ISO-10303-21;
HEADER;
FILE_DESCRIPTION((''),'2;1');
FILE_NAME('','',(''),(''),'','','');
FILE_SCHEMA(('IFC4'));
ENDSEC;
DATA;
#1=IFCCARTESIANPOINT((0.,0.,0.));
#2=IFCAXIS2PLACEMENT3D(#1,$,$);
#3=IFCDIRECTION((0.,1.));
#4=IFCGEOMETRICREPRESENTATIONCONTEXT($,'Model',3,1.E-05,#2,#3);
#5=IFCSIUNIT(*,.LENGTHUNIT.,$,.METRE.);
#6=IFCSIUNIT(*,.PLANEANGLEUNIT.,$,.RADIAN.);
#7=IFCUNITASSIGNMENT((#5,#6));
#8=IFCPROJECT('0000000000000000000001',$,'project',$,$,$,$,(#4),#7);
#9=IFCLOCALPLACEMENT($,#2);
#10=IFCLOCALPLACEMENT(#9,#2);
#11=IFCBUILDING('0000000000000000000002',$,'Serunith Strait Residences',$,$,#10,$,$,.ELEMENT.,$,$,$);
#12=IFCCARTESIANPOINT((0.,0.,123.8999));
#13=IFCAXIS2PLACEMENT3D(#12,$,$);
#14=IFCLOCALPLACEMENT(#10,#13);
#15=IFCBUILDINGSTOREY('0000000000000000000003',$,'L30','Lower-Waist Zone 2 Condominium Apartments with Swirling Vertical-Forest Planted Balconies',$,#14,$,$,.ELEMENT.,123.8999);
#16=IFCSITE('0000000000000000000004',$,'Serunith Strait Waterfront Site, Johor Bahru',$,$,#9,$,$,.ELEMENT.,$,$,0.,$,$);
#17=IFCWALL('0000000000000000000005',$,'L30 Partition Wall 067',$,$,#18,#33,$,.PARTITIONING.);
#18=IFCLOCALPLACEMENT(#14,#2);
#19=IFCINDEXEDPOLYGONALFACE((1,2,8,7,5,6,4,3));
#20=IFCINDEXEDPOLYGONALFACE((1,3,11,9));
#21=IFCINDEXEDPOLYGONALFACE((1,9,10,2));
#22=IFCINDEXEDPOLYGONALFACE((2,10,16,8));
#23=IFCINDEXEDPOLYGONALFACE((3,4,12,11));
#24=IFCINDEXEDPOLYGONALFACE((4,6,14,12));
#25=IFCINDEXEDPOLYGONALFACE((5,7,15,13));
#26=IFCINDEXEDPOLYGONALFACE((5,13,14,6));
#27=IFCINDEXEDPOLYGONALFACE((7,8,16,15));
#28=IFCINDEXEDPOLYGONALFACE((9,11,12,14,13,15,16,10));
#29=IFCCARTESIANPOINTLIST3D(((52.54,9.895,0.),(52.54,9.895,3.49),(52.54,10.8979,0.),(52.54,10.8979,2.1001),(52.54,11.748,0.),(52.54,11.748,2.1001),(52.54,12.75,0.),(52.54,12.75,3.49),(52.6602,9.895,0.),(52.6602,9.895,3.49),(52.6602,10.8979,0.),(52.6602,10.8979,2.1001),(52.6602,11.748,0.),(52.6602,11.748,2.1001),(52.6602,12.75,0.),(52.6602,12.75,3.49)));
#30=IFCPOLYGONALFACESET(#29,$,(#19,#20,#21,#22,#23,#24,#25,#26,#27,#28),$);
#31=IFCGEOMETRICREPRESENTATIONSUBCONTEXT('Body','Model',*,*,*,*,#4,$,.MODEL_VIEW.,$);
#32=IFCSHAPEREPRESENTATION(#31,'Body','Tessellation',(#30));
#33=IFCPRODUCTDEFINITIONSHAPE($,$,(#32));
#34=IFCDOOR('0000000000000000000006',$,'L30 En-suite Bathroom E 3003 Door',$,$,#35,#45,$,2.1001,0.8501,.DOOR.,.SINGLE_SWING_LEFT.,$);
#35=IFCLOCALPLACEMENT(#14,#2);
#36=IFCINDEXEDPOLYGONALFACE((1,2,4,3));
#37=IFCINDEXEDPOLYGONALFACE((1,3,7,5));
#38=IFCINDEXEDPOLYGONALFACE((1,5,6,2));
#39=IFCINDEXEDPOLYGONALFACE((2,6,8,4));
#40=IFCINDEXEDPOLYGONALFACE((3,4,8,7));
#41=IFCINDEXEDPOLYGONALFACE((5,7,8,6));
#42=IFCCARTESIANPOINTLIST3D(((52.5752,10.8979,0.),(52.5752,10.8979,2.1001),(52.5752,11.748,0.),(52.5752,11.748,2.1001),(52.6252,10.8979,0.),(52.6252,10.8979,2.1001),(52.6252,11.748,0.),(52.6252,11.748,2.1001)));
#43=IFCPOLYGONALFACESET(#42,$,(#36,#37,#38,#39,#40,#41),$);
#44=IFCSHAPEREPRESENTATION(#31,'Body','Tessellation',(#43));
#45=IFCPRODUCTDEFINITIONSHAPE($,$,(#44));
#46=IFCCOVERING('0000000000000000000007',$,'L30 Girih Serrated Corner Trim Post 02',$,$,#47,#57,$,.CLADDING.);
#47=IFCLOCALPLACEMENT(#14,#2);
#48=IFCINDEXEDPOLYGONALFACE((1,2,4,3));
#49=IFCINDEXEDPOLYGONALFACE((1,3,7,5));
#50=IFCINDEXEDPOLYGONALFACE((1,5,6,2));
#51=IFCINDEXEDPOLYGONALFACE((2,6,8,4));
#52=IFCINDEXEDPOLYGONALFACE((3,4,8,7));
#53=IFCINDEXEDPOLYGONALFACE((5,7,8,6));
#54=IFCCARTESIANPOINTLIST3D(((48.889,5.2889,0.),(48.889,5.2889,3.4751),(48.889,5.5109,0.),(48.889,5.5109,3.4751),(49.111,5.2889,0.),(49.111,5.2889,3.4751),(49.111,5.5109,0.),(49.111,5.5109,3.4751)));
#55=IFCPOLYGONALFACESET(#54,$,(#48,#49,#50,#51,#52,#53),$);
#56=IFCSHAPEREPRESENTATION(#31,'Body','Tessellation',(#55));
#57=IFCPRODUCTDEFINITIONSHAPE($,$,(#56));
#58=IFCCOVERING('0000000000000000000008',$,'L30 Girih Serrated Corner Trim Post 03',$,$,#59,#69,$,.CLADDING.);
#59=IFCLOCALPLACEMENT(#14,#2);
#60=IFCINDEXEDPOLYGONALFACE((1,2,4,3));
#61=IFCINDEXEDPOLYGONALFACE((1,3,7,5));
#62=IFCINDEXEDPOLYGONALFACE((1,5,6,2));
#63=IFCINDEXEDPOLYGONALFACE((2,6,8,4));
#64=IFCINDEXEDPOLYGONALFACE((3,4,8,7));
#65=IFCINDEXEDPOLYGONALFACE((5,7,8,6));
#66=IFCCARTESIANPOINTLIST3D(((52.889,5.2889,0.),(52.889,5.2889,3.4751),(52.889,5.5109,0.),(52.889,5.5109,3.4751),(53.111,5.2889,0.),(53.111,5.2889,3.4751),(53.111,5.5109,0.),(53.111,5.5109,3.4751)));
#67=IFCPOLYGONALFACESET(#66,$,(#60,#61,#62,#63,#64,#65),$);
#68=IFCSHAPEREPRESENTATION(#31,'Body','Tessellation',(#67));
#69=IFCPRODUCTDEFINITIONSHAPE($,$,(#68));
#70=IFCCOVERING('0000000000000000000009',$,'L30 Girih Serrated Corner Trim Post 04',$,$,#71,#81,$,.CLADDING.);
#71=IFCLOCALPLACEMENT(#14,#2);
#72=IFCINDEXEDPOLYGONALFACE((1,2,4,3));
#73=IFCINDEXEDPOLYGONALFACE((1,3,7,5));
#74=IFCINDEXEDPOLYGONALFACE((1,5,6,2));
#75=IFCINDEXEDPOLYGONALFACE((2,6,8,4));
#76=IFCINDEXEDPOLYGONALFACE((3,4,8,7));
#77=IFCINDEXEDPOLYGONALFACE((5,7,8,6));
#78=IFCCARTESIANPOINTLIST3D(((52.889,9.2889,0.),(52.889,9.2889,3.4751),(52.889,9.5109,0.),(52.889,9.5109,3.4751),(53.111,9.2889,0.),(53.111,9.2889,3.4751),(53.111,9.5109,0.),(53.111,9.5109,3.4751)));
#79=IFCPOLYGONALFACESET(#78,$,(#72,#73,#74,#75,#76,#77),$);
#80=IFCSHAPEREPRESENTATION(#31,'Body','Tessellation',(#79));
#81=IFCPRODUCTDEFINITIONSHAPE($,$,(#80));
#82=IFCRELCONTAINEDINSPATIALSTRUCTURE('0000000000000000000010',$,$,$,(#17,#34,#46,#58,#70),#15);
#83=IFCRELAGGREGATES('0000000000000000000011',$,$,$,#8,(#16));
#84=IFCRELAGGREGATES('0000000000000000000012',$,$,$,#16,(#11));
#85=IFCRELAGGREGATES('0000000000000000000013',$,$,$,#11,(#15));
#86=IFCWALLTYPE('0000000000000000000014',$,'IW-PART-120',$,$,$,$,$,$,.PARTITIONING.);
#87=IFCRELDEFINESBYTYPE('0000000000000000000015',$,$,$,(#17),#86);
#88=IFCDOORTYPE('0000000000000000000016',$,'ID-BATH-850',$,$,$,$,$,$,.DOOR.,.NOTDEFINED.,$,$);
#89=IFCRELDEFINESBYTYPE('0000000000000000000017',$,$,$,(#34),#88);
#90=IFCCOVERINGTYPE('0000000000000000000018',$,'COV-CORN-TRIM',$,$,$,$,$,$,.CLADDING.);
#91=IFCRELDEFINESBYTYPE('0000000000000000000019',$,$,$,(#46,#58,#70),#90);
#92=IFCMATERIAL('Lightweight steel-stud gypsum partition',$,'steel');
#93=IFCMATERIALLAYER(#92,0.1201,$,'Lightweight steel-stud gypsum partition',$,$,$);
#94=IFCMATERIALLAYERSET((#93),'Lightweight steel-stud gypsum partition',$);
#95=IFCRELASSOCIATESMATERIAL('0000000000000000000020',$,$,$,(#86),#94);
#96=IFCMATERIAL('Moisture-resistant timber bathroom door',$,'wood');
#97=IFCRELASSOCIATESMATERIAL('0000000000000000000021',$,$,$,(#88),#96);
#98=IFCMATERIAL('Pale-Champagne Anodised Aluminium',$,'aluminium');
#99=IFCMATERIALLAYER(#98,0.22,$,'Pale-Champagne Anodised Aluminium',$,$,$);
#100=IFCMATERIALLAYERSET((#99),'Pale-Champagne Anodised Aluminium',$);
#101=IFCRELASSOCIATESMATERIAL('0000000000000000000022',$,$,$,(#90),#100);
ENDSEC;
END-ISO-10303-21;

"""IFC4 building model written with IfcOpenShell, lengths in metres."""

from ifc_helpers import new_model, si_unit, direction, frame, frame_2d, origin, origin_2d, place, context, subcontext, project, spatial, rectangle, extrude, source, transform, mapped, material, layer, layer_set, type_object, element, fill, save


model = new_model("IFC4")

# Units and contexts
model_context = context("Model", 3, precision=1e-05, world=origin(), true_north=direction((0.0, 1.0)))
body_context = subcontext(model_context, "Body", "Model", "MODEL_VIEW")
ifc_project = project(units=[si_unit("LENGTHUNIT", "METRE"), si_unit("PLANEANGLEUNIT", "RADIAN")], contexts=[model_context])

# Site, building, storey
site_placement = place(None, origin())
site = spatial("IfcSite", under=ifc_project, at=site_placement, Name="Serunith Strait Waterfront Site, Johor Bahru", CompositionType="ELEMENT", RefElevation=0.0)
building_placement = place(site_placement, origin())
building = spatial("IfcBuilding", under=site, at=building_placement, Name="Serunith Strait Residences", CompositionType="ELEMENT")
storey_placement = place(building_placement, frame((0.0, 0.0, 123.8999)))
storey = spatial("IfcBuildingStorey", under=building, at=storey_placement, Name="L30", Description="Lower-Waist Zone 2 Condominium Apartments with Swirling Vertical-Forest Planted Balconies", CompositionType="ELEMENT", Elevation=123.8999)

# Shared definitions
ifc_material_1 = material(Name="Pale-Champagne Anodised Aluminium", Category="aluminium")

# Shared definitions
ifc_material_2 = material(Name="Lightweight steel-stud gypsum partition", Category="steel")
ifc_layer_1 = layer(ifc_material_2, 0.1201, Name="Lightweight steel-stud gypsum partition")
ifc_layer_set_1 = layer_set([ifc_layer_1], Name="Lightweight steel-stud gypsum partition")
wall_type_1 = type_object("IfcWallType", Name="IW-PART-120", PredefinedType="PARTITIONING", material=ifc_layer_set_1)

# Wall, opening, door
wall_1_placement = place(storey_placement, frame((52.6001, 9.895, 0.0), z_axis=(0.0, 0.0, 1.0), x_axis=(0.0, 1.0, 0.0)))
wall_1 = element("IfcWall", 1, at=wall_1_placement, inside=storey, type_object=wall_type_1, Name="L30 Partition Wall 067", PredefinedType="PARTITIONING", context=body_context, shape_type="SweptSolid", body=[
    extrude(rectangle(XDim=2.855, YDim=0.1201, at=frame_2d((1.4275, 0.0))), origin(), (0.0, 0.0, 1.0), 3.49),
])
opening_1_placement = place(wall_1_placement, frame((1.0029, 0.0, 0.0)))
opening_1 = element("IfcOpeningElement", 2, at=opening_1_placement, cuts=wall_1, PredefinedType="OPENING", context=body_context, shape_type="SweptSolid", body=[
    extrude(rectangle(XDim=0.8501, YDim=2.1001, at=frame_2d((0.425, 1.05))), frame((0.0, 0.0701, 0.0), z_axis=(0.0, -1.0, 0.0), x_axis=(1.0, 0.0, 0.0)), (0.0, 0.0, 1.0), 0.1401),
])
ifc_material_3 = material(Name="Moisture-resistant timber bathroom door", Category="wood")
door_type = type_object("IfcDoorType", Name="ID-BATH-850", OperationType="NOTDEFINED", PredefinedType="DOOR", material=ifc_material_3)
shared_shape_1 = source(origin(), body_context, "Body", "SweptSolid", [
    extrude(rectangle(XDim=0.8501, YDim=2.1001, at=frame_2d((0.425, 1.05))), frame((0.0, 0.0249, 0.0), z_axis=(0.0, -1.0, 0.0), x_axis=(1.0, 0.0, 0.0)), (0.0, 0.0, 1.0), 0.05),
])
door_placement = place(opening_1_placement, origin())
door = element("IfcDoor", 3, at=door_placement, inside=storey, type_object=door_type, Name="L30 En-suite Bathroom E 3003 Door", OperationType="SINGLE_SWING_LEFT", OverallHeight=2.1001, OverallWidth=0.8501, PredefinedType="DOOR", context=body_context, shape_type="MappedRepresentation", body=[
    mapped(shared_shape_1, transform((0.0, 0.0, 0.0), scale=1.0)),
])
fill(opening_1, door)

# Coverings
ifc_layer_2 = layer(ifc_material_1, 0.22, Name="Pale-Champagne Anodised Aluminium")
ifc_layer_set_2 = layer_set([ifc_layer_2], Name="Pale-Champagne Anodised Aluminium")
covering_type = type_object("IfcCoveringType", Name="COV-CORN-TRIM", PredefinedType="CLADDING", material=ifc_layer_set_2)
shared_shape_2 = source(origin(), body_context, "Body", "SweptSolid", [
    extrude(rectangle(XDim=0.2219, YDim=0.2219, at=origin_2d()), origin(), (0.0, 0.0, 1.0), 3.4751),
])
for number, where, z_axis, x_axis, name in (
    (4, (49.0, 5.3999, 0.0), (0.0, 0.0, 1.0), (1.0, 0.0, 0.0), "L30 Girih Serrated Corner Trim Post 02"),
    (5, (53.0, 5.3999, 0.0), (0.0, 0.0, 1.0), (1.0, 0.0, 0.0), "L30 Girih Serrated Corner Trim Post 03"),
    (6, (53.0, 9.3999, 0.0), (0.0, 0.0, 1.0), (1.0, 0.0, 0.0), "L30 Girih Serrated Corner Trim Post 04"),
):
    element("IfcCovering", number, at=place(storey_placement, frame(where, z_axis=z_axis, x_axis=x_axis)), inside=storey, type_object=covering_type, Name=name, PredefinedType="CLADDING", context=body_context, shape_type="MappedRepresentation", body=[
        mapped(shared_shape_2, transform((0.0, 0.0, 0.0), scale=1.0)),
    ])

save(model, "model.ifc")
